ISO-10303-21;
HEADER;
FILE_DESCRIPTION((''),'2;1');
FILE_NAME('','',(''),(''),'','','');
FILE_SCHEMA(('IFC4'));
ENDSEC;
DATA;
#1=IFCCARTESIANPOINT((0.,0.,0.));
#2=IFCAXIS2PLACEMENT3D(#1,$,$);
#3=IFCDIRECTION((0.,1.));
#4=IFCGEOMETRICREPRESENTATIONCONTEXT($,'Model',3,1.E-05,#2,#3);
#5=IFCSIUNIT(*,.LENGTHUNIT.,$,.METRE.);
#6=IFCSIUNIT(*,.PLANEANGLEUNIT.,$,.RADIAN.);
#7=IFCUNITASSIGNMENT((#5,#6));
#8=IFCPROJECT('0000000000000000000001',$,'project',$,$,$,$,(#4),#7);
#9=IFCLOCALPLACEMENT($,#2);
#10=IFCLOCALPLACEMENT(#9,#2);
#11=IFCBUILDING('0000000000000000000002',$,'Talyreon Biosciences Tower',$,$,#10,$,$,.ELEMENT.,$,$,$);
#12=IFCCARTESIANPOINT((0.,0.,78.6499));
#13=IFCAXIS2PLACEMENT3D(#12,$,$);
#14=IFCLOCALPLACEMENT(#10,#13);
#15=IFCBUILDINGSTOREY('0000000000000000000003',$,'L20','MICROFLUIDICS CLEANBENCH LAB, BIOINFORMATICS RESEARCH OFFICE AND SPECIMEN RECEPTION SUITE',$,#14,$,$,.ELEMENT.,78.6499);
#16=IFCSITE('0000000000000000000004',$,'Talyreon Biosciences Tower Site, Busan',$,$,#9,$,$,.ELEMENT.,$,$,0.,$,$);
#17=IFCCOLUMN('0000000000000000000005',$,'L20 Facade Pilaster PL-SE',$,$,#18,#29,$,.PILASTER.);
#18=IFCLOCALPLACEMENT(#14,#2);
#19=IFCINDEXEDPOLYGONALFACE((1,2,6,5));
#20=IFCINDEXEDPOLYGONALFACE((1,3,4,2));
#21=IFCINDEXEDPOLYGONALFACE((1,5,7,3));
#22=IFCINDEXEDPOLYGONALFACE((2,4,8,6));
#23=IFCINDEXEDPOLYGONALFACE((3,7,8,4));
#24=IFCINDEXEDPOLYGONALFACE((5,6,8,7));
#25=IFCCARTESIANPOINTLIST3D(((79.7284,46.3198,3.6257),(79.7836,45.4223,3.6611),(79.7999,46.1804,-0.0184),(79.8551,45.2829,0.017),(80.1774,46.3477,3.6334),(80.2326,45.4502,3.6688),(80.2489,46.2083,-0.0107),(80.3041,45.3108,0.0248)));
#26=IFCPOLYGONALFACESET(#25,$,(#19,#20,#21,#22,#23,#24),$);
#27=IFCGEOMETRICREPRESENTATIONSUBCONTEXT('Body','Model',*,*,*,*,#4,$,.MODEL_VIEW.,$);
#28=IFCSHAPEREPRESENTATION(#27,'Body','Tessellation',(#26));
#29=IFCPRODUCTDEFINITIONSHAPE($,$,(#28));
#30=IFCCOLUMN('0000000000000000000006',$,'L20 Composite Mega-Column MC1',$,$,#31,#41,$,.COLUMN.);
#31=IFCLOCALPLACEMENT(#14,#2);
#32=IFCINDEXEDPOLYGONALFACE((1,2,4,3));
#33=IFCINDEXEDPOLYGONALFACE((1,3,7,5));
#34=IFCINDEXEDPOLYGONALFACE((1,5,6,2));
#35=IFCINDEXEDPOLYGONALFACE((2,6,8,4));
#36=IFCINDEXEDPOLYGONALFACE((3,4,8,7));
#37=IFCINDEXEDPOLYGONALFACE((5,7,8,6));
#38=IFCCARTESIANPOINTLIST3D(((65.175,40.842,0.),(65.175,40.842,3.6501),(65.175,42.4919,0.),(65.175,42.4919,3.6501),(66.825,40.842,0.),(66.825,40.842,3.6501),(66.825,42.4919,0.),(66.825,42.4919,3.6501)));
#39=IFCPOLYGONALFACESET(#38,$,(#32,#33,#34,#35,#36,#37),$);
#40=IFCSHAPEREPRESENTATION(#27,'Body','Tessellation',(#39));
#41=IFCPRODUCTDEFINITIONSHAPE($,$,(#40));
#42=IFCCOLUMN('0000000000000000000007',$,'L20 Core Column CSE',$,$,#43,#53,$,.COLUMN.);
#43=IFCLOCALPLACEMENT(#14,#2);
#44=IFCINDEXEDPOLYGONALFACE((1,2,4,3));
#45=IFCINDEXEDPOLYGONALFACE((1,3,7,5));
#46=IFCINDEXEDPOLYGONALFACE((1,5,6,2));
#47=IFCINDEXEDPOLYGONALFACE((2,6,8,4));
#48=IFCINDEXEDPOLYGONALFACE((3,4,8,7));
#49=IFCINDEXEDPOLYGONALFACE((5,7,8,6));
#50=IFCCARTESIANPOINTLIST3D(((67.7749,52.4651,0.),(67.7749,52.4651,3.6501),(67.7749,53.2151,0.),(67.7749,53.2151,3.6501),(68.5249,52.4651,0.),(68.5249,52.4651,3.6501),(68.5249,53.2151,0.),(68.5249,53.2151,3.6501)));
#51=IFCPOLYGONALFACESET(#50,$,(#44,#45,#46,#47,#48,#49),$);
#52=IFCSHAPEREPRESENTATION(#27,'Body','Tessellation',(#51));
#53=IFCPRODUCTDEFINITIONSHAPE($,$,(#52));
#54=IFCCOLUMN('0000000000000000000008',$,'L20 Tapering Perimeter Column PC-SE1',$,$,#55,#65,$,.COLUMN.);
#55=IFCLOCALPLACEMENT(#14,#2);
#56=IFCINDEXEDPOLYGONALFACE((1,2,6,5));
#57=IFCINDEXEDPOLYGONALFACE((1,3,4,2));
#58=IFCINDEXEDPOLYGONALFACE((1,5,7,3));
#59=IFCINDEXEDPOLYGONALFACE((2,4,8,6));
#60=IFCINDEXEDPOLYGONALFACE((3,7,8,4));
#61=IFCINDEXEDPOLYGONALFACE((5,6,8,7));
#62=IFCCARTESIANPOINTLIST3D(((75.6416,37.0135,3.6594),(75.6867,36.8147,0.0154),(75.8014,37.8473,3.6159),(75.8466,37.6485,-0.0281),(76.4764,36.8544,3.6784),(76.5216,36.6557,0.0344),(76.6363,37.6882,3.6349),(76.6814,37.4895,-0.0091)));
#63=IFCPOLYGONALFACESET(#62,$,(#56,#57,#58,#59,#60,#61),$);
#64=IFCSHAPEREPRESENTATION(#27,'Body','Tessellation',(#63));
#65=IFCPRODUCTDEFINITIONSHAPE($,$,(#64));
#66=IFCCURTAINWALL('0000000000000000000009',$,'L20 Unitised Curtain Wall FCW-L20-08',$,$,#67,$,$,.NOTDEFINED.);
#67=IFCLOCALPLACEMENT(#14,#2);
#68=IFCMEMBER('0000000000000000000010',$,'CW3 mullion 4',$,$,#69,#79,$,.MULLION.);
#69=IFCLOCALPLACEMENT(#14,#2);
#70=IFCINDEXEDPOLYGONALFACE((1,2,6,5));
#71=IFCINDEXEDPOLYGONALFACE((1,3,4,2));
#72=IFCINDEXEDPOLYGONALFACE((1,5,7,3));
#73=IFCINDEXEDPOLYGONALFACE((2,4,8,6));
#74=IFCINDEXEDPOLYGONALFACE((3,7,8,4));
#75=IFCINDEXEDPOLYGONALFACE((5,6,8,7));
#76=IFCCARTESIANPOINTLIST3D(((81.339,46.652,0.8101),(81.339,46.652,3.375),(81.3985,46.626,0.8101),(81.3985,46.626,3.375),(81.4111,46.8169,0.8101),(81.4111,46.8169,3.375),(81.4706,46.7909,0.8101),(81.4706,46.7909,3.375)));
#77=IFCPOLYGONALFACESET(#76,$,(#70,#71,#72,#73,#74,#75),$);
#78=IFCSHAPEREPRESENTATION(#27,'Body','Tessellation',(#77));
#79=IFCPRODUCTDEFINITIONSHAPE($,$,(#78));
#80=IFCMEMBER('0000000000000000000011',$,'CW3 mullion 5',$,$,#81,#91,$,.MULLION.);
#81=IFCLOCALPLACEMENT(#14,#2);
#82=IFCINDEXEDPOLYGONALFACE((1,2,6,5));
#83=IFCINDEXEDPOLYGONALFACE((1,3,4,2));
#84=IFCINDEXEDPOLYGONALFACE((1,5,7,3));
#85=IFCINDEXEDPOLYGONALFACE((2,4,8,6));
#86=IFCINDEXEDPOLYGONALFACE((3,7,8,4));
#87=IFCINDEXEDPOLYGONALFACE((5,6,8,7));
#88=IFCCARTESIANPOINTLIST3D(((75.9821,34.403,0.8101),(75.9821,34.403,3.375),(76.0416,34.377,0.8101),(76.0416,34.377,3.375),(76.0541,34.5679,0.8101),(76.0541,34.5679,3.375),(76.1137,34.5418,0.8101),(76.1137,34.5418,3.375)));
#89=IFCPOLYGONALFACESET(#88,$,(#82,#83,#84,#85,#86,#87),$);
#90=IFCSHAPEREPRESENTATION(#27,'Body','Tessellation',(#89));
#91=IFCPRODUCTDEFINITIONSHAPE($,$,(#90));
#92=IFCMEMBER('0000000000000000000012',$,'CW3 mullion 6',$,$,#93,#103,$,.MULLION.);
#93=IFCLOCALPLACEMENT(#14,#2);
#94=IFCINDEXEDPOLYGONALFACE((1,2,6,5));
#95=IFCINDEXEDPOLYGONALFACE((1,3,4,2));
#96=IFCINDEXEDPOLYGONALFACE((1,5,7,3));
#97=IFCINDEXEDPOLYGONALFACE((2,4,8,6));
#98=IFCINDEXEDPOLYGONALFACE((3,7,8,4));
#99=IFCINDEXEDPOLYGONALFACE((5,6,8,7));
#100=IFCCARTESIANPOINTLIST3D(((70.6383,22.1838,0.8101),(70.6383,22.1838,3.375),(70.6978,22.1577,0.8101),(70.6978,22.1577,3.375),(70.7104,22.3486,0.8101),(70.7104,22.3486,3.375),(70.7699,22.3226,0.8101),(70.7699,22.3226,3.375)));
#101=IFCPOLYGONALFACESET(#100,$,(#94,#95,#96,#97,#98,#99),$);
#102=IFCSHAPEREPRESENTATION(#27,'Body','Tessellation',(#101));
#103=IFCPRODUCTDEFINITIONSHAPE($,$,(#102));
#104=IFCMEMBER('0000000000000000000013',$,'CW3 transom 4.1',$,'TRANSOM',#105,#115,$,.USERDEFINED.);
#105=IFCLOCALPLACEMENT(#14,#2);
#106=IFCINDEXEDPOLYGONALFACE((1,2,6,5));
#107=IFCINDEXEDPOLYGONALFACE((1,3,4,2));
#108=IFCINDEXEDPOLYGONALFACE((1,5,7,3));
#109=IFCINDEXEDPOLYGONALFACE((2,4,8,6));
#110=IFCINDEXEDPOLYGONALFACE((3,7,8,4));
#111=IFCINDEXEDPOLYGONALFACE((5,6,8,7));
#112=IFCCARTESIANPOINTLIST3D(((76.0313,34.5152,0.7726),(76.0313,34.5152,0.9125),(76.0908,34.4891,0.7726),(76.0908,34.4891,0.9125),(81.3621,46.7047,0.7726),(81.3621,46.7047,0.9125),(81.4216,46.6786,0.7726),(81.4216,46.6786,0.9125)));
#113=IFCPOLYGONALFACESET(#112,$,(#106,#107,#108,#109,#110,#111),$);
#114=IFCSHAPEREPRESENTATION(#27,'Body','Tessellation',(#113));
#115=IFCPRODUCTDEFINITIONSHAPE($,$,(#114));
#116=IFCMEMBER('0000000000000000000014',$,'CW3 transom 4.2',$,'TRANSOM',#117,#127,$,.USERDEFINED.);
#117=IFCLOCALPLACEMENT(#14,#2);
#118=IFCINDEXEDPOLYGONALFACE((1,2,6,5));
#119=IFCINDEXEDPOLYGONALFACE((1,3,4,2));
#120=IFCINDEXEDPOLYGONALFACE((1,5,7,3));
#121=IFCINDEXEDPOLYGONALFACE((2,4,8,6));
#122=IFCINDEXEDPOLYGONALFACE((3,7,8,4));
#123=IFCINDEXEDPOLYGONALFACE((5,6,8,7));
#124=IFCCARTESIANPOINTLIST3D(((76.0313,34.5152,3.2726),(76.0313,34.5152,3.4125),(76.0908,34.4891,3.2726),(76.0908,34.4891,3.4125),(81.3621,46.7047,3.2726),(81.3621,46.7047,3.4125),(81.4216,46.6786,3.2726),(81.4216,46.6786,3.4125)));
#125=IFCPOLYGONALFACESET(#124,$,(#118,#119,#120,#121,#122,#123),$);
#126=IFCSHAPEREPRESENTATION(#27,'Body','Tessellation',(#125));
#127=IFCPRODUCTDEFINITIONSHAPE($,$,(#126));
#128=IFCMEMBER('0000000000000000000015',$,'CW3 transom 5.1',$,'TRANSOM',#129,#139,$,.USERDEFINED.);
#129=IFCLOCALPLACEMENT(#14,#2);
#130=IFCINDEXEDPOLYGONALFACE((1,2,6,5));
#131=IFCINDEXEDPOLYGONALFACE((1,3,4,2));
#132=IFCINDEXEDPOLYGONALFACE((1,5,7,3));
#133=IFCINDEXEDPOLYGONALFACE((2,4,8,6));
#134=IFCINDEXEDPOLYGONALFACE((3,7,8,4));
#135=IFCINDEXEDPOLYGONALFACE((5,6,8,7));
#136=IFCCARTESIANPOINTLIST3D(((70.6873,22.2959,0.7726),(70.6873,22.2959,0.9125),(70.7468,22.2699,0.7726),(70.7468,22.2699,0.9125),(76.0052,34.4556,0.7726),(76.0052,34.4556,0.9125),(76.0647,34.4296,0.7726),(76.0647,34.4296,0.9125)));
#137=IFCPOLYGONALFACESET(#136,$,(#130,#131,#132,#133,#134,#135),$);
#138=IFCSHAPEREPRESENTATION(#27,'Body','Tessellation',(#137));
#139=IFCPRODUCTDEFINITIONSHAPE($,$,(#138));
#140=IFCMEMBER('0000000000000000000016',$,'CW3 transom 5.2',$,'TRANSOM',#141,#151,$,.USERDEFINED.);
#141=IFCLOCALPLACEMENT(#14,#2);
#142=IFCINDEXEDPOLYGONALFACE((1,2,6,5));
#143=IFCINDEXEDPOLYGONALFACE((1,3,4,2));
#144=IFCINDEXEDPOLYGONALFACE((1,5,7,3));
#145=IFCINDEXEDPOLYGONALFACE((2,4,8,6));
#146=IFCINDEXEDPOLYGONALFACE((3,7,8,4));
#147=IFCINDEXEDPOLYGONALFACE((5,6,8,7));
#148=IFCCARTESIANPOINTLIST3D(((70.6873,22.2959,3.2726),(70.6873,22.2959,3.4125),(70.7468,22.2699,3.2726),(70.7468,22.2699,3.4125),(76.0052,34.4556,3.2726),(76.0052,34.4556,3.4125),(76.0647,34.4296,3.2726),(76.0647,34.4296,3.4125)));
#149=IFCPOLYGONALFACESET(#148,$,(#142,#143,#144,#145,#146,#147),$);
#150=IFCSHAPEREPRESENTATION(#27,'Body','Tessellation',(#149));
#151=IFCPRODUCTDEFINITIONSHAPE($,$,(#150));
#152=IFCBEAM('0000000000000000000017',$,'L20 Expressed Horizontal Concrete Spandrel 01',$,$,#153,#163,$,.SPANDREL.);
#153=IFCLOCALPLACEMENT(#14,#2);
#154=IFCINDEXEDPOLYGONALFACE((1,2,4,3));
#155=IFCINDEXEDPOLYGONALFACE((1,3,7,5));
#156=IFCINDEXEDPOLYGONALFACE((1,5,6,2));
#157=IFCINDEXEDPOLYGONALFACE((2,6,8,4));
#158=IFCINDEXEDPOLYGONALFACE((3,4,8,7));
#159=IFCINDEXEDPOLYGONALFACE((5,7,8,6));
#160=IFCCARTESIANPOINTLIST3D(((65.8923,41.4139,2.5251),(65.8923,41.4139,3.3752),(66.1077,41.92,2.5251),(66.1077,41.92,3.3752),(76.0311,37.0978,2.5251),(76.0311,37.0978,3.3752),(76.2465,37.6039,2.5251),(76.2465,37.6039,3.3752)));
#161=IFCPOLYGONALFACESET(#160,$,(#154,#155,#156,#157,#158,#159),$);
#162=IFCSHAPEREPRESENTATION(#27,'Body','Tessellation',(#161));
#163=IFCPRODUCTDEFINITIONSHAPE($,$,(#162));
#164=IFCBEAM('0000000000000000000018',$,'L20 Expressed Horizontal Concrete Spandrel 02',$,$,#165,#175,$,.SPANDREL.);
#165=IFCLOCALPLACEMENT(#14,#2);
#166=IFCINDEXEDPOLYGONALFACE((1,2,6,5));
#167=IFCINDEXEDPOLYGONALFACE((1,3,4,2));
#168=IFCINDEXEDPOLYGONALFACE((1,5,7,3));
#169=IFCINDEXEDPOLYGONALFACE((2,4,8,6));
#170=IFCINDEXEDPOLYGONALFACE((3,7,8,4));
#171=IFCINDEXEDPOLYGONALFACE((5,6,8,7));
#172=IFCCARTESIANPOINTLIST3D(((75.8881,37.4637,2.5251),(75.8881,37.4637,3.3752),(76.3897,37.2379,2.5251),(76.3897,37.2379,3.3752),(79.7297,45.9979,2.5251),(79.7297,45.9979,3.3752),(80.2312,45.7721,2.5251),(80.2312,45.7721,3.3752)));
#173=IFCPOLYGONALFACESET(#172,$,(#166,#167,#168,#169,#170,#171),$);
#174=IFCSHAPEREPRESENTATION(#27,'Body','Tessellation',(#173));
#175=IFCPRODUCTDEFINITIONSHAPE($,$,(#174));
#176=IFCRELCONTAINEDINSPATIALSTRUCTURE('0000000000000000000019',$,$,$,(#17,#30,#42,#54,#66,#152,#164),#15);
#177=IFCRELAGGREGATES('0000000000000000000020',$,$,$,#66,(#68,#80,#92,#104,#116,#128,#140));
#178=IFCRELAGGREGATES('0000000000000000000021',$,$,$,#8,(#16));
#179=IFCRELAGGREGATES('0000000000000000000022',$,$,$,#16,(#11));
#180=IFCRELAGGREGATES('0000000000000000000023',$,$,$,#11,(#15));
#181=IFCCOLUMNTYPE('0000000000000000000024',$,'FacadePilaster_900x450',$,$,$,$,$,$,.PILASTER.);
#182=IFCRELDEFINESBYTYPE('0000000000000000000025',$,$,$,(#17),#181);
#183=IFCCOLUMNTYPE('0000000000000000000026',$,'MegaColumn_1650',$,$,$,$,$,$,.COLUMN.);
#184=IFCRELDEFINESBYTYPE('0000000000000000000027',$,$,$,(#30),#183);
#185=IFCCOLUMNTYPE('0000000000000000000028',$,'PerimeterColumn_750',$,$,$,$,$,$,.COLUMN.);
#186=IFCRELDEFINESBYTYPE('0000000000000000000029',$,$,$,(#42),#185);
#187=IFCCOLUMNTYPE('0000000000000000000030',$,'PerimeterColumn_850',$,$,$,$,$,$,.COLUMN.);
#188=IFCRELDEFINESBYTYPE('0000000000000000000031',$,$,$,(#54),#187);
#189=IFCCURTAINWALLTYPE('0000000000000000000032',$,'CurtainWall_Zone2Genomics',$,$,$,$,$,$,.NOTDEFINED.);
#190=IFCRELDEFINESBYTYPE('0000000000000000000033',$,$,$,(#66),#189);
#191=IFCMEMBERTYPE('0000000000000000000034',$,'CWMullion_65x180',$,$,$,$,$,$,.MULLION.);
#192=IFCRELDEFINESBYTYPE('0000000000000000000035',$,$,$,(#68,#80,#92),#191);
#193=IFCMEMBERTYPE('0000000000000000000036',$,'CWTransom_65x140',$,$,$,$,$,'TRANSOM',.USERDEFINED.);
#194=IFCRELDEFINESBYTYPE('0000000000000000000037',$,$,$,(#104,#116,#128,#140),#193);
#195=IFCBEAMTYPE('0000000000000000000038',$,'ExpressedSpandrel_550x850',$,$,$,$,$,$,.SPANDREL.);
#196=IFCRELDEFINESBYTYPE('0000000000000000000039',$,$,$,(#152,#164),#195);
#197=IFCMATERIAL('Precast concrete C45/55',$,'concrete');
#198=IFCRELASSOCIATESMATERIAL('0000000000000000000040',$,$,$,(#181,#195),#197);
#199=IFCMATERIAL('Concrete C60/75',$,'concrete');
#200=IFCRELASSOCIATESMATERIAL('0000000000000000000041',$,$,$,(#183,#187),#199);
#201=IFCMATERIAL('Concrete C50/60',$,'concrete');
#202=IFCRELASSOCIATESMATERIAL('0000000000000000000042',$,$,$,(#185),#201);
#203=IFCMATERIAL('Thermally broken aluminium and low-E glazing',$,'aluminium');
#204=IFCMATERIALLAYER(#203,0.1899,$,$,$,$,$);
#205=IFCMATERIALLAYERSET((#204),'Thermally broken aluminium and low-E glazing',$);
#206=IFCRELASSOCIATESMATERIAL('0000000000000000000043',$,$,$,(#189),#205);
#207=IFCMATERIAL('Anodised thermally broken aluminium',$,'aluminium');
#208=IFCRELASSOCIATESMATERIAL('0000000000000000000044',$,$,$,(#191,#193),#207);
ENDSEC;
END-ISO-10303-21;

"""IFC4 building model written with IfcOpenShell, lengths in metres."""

from ifc_helpers import new_model, si_unit, direction, frame, origin, origin_2d, place, context, subcontext, project, spatial, rectangle, extrude, material, layer, layer_set, material_profile, profile_set, type_object, element, aggregate, save


model = new_model("IFC4")

# Units and contexts
model_context = context("Model", 3, precision=1e-05, world=origin(), true_north=direction((0.0, 1.0)))
body_context = subcontext(model_context, "Body", "Model", "MODEL_VIEW")
ifc_project = project(units=[si_unit("LENGTHUNIT", "METRE"), si_unit("PLANEANGLEUNIT", "RADIAN")], contexts=[model_context])

# Site, building, storey
site_placement = place(None, origin())
site = spatial("IfcSite", under=ifc_project, at=site_placement, Name="Talyreon Biosciences Tower Site, Busan", CompositionType="ELEMENT", RefElevation=0.0)
building_placement = place(site_placement, origin())
building = spatial("IfcBuilding", under=site, at=building_placement, Name="Talyreon Biosciences Tower", CompositionType="ELEMENT")
storey_placement = place(building_placement, frame((0.0, 0.0, 78.6499)))
storey = spatial("IfcBuildingStorey", under=building, at=storey_placement, Name="L20", Description="MICROFLUIDICS CLEANBENCH LAB, BIOINFORMATICS RESEARCH OFFICE AND SPECIMEN RECEPTION SUITE", CompositionType="ELEMENT", Elevation=78.6499)

# Columns
ifc_material_1 = material(Name="Precast concrete C45/55", Category="concrete")
ifc_material_profile_1 = material_profile(ifc_material_1, rectangle(XDim=0.8999, YDim=0.45, at=origin_2d()), Name="RC 900x450")
ifc_profile_set_1 = profile_set([ifc_material_profile_1], Name="Precast concrete C45/55")
column_type_1 = type_object("IfcColumnType", Name="FacadePilaster_900x450", PredefinedType="PILASTER", material=ifc_profile_set_1)
column_1_placement = place(storey_placement, frame((80.052, 45.7456, 0.0032), z_axis=(-0.019612, 0.03822, 0.999077), x_axis=(0.061358, -0.99734, 0.039358)))
element("IfcColumn", 1, at=column_1_placement, inside=storey, type_object=column_type_1, Name="L20 Facade Pilaster PL-SE", PredefinedType="PILASTER", context=body_context, shape_type="SweptSolid", body=[
    extrude(rectangle(XDim=0.8999, YDim=0.45, at=origin_2d()), origin(), (0.0, 0.0, 1.0), 3.6475),
])
ifc_material_2 = material(Name="Concrete C60/75", Category="concrete")
ifc_material_profile_2 = material_profile(ifc_material_2, rectangle(XDim=1.6499, YDim=1.6499, at=origin_2d()), Name="RC 1650x1650")
ifc_profile_set_2 = profile_set([ifc_material_profile_2], Name="Concrete C60/75")
column_type_2 = type_object("IfcColumnType", Name="MegaColumn_1650", PredefinedType="COLUMN", material=ifc_profile_set_2)
column_2_placement = place(storey_placement, frame((66.0, 41.667, 0.0), z_axis=(0.0, 0.0, 1.0), x_axis=(1.0, 0.0, 0.0)))
element("IfcColumn", 2, at=column_2_placement, inside=storey, type_object=column_type_2, Name="L20 Composite Mega-Column MC1", PredefinedType="COLUMN", context=body_context, shape_type="SweptSolid", body=[
    extrude(rectangle(XDim=1.6499, YDim=1.6499, at=origin_2d()), origin(), (0.0, 0.0, 1.0), 3.6501),
])
ifc_material_3 = material(Name="Concrete C50/60", Category="concrete")
ifc_material_profile_3 = material_profile(ifc_material_3, rectangle(XDim=0.75, YDim=0.75, at=origin_2d()), Name="RC 750x750")
ifc_profile_set_3 = profile_set([ifc_material_profile_3], Name="Concrete C50/60")
column_type_3 = type_object("IfcColumnType", Name="PerimeterColumn_750", PredefinedType="COLUMN", material=ifc_profile_set_3)
column_3_placement = place(storey_placement, frame((68.1499, 52.8401, 0.0), z_axis=(0.0, 0.0, 1.0), x_axis=(1.0, 0.0, 0.0)))
element("IfcColumn", 3, at=column_3_placement, inside=storey, type_object=column_type_3, Name="L20 Core Column CSE", PredefinedType="COLUMN", context=body_context, shape_type="SweptSolid", body=[
    extrude(rectangle(XDim=0.75, YDim=0.75, at=origin_2d()), origin(), (0.0, 0.0, 1.0), 3.6501),
])
ifc_material_profile_4 = material_profile(ifc_material_2, rectangle(XDim=0.8501, YDim=0.8501, at=origin_2d()), Name="RC 850x850")
ifc_profile_set_4 = profile_set([ifc_material_profile_4], Name="Concrete C60/75")
column_type_4 = type_object("IfcColumnType", Name="PerimeterColumn_850", PredefinedType="COLUMN", material=ifc_profile_set_4)
column_4_placement = place(storey_placement, frame((76.1841, 37.1521, 0.0032), z_axis=(-0.012375, 0.054451, 0.99844), x_axis=(-0.188036, -0.980829, 0.05116)))
element("IfcColumn", 4, at=column_4_placement, inside=storey, type_object=column_type_4, Name="L20 Tapering Perimeter Column PC-SE1", PredefinedType="COLUMN", context=body_context, shape_type="SweptSolid", body=[
    extrude(rectangle(XDim=0.8501, YDim=0.8501, at=origin_2d()), origin(), (0.0, 0.0, 1.0), 3.6497),
])

# Curtain wall, members
ifc_material_4 = material(Name="Thermally broken aluminium and low-E glazing", Category="aluminium")
ifc_layer_1 = layer(ifc_material_4, 0.1899)
ifc_layer_set_1 = layer_set([ifc_layer_1], Name="Thermally broken aluminium and low-E glazing")
curtain_wall_type = type_object("IfcCurtainWallType", Name="CurtainWall_Zone2Genomics", PredefinedType="NOTDEFINED", material=ifc_layer_set_1)
curtain_wall_placement = place(storey_placement, origin())
curtain_wall = element("IfcCurtainWall", 5, at=curtain_wall_placement, inside=storey, type_object=curtain_wall_type, Name="L20 Unitised Curtain Wall FCW-L20-08", PredefinedType="NOTDEFINED")
ifc_material_5 = material(Name="Anodised thermally broken aluminium", Category="aluminium")
ifc_material_profile_5 = material_profile(ifc_material_5, rectangle(XDim=0.0649, YDim=0.1799, at=origin_2d()), Name="ALUM MULLION 65x180")
ifc_profile_set_5 = profile_set([ifc_material_profile_5], Name="Anodised thermally broken aluminium")
member_type_1 = type_object("IfcMemberType", Name="CWMullion_65x180", PredefinedType="MULLION", material=ifc_profile_set_5)
member_1_placement = place(storey_placement, frame((81.4048, 46.7214, 0.8101), z_axis=(0.0, 0.0, 1.0), x_axis=(0.916214, -0.400689, 0.0)))
member_1 = element("IfcMember", 6, at=member_1_placement, type_object=member_type_1, Name="CW3 mullion 4", PredefinedType="MULLION", context=body_context, shape_type="SweptSolid", body=[
    extrude(rectangle(XDim=0.0649, YDim=0.1799, at=origin_2d()), origin(), (0.0, 0.0, 1.0), 2.5649),
])
member_2_placement = place(storey_placement, frame((76.0479, 34.4724, 0.8101), z_axis=(0.0, 0.0, 1.0), x_axis=(0.916214, -0.400689, 0.0)))
member_2 = element("IfcMember", 7, at=member_2_placement, type_object=member_type_1, Name="CW3 mullion 5", PredefinedType="MULLION", context=body_context, shape_type="SweptSolid", body=[
    extrude(rectangle(XDim=0.0649, YDim=0.1799, at=origin_2d()), origin(), (0.0, 0.0, 1.0), 2.5649),
])
member_3_placement = place(storey_placement, frame((70.7041, 22.2532, 0.8101), z_axis=(0.0, 0.0, 1.0), x_axis=(0.916214, -0.400689, 0.0)))
member_3 = element("IfcMember", 8, at=member_3_placement, type_object=member_type_1, Name="CW3 mullion 6", PredefinedType="MULLION", context=body_context, shape_type="SweptSolid", body=[
    extrude(rectangle(XDim=0.0649, YDim=0.1799, at=origin_2d()), origin(), (0.0, 0.0, 1.0), 2.5649),
])
ifc_material_profile_6 = material_profile(ifc_material_5, rectangle(XDim=0.0649, YDim=0.1399, at=origin_2d()), Name="ALUM TRANSOM 65x140")
ifc_profile_set_6 = profile_set([ifc_material_profile_6], Name="Anodised thermally broken aluminium")
member_type_2 = type_object("IfcMemberType", Name="CWTransom_65x140", ElementType="TRANSOM", PredefinedType="USERDEFINED", material=ifc_profile_set_6)
member_4_placement = place(storey_placement, frame((81.3918, 46.6917, 0.8425), z_axis=(-0.400688, -0.916215, 0.0), x_axis=(0.916215, -0.400688, 0.0)))
member_4 = element("IfcMember", 9, at=member_4_placement, type_object=member_type_2, Name="CW3 transom 4.1", ObjectType="TRANSOM", PredefinedType="USERDEFINED", context=body_context, shape_type="SweptSolid", body=[
    extrude(rectangle(XDim=0.0649, YDim=0.1399, at=origin_2d()), origin(), (0.0, 0.0, 1.0), 13.3042),
])
member_5_placement = place(storey_placement, frame((81.3918, 46.6917, 3.3425), z_axis=(-0.400688, -0.916215, 0.0), x_axis=(0.916215, -0.400688, 0.0)))
member_5 = element("IfcMember", 10, at=member_5_placement, type_object=member_type_2, Name="CW3 transom 4.2", ObjectType="TRANSOM", PredefinedType="USERDEFINED", context=body_context, shape_type="SweptSolid", body=[
    extrude(rectangle(XDim=0.0649, YDim=0.1399, at=origin_2d()), origin(), (0.0, 0.0, 1.0), 13.3042),
])
member_6_placement = place(storey_placement, frame((76.0349, 34.4426, 0.8425), z_axis=(-0.400693, -0.916212, 0.0), x_axis=(0.916212, -0.400693, 0.0)))
member_6 = element("IfcMember", 11, at=member_6_placement, type_object=member_type_2, Name="CW3 transom 5.1", ObjectType="TRANSOM", PredefinedType="USERDEFINED", context=body_context, shape_type="SweptSolid", body=[
    extrude(rectangle(XDim=0.0649, YDim=0.1399, at=origin_2d()), origin(), (0.0, 0.0, 1.0), 13.2717),
])
member_7_placement = place(storey_placement, frame((76.0349, 34.4426, 3.3425), z_axis=(-0.400693, -0.916212, 0.0), x_axis=(0.916212, -0.400693, 0.0)))
member_7 = element("IfcMember", 12, at=member_7_placement, type_object=member_type_2, Name="CW3 transom 5.2", ObjectType="TRANSOM", PredefinedType="USERDEFINED", context=body_context, shape_type="SweptSolid", body=[
    extrude(rectangle(XDim=0.0649, YDim=0.1399, at=origin_2d()), origin(), (0.0, 0.0, 1.0), 13.2717),
])

# Beams
ifc_material_profile_7 = material_profile(ifc_material_1, rectangle(XDim=0.55, YDim=0.8501, at=origin_2d()), Name="RCB 550x850")
ifc_profile_set_7 = profile_set([ifc_material_profile_7], Name="Precast concrete C45/55")
beam_type_1 = type_object("IfcBeamType", Name="ExpressedSpandrel_550x850", PredefinedType="SPANDREL", material=ifc_profile_set_7)
beam_1_placement = place(storey_placement, frame((66.0, 41.667, 2.9502), z_axis=(0.920098, -0.391688, 0.0), x_axis=(0.391688, 0.920098, 0.0)))
element("IfcBeam", 13, at=beam_1_placement, inside=storey, type_object=beam_type_1, Name="L20 Expressed Horizontal Concrete Spandrel 01", PredefinedType="SPANDREL", context=body_context, shape_type="SweptSolid", body=[
    extrude(rectangle(XDim=0.55, YDim=0.8501, at=origin_2d()), origin(), (0.0, 0.0, 1.0), 11.0193),
])
beam_2_placement = place(storey_placement, frame((76.1389, 37.3508, 2.9502), z_axis=(0.410469, 0.911875, 0.0), x_axis=(-0.911875, 0.410469, 0.0)))
element("IfcBeam", 14, at=beam_2_placement, inside=storey, type_object=beam_type_1, Name="L20 Expressed Horizontal Concrete Spandrel 02", PredefinedType="SPANDREL", context=body_context, shape_type="SweptSolid", body=[
    extrude(rectangle(XDim=0.55, YDim=0.8501, at=origin_2d()), origin(), (0.0, 0.0, 1.0), 9.3589),
])

aggregate(curtain_wall, [member_1, member_2, member_3, member_4, member_5, member_6, member_7])

save(model, "model.ifc")
